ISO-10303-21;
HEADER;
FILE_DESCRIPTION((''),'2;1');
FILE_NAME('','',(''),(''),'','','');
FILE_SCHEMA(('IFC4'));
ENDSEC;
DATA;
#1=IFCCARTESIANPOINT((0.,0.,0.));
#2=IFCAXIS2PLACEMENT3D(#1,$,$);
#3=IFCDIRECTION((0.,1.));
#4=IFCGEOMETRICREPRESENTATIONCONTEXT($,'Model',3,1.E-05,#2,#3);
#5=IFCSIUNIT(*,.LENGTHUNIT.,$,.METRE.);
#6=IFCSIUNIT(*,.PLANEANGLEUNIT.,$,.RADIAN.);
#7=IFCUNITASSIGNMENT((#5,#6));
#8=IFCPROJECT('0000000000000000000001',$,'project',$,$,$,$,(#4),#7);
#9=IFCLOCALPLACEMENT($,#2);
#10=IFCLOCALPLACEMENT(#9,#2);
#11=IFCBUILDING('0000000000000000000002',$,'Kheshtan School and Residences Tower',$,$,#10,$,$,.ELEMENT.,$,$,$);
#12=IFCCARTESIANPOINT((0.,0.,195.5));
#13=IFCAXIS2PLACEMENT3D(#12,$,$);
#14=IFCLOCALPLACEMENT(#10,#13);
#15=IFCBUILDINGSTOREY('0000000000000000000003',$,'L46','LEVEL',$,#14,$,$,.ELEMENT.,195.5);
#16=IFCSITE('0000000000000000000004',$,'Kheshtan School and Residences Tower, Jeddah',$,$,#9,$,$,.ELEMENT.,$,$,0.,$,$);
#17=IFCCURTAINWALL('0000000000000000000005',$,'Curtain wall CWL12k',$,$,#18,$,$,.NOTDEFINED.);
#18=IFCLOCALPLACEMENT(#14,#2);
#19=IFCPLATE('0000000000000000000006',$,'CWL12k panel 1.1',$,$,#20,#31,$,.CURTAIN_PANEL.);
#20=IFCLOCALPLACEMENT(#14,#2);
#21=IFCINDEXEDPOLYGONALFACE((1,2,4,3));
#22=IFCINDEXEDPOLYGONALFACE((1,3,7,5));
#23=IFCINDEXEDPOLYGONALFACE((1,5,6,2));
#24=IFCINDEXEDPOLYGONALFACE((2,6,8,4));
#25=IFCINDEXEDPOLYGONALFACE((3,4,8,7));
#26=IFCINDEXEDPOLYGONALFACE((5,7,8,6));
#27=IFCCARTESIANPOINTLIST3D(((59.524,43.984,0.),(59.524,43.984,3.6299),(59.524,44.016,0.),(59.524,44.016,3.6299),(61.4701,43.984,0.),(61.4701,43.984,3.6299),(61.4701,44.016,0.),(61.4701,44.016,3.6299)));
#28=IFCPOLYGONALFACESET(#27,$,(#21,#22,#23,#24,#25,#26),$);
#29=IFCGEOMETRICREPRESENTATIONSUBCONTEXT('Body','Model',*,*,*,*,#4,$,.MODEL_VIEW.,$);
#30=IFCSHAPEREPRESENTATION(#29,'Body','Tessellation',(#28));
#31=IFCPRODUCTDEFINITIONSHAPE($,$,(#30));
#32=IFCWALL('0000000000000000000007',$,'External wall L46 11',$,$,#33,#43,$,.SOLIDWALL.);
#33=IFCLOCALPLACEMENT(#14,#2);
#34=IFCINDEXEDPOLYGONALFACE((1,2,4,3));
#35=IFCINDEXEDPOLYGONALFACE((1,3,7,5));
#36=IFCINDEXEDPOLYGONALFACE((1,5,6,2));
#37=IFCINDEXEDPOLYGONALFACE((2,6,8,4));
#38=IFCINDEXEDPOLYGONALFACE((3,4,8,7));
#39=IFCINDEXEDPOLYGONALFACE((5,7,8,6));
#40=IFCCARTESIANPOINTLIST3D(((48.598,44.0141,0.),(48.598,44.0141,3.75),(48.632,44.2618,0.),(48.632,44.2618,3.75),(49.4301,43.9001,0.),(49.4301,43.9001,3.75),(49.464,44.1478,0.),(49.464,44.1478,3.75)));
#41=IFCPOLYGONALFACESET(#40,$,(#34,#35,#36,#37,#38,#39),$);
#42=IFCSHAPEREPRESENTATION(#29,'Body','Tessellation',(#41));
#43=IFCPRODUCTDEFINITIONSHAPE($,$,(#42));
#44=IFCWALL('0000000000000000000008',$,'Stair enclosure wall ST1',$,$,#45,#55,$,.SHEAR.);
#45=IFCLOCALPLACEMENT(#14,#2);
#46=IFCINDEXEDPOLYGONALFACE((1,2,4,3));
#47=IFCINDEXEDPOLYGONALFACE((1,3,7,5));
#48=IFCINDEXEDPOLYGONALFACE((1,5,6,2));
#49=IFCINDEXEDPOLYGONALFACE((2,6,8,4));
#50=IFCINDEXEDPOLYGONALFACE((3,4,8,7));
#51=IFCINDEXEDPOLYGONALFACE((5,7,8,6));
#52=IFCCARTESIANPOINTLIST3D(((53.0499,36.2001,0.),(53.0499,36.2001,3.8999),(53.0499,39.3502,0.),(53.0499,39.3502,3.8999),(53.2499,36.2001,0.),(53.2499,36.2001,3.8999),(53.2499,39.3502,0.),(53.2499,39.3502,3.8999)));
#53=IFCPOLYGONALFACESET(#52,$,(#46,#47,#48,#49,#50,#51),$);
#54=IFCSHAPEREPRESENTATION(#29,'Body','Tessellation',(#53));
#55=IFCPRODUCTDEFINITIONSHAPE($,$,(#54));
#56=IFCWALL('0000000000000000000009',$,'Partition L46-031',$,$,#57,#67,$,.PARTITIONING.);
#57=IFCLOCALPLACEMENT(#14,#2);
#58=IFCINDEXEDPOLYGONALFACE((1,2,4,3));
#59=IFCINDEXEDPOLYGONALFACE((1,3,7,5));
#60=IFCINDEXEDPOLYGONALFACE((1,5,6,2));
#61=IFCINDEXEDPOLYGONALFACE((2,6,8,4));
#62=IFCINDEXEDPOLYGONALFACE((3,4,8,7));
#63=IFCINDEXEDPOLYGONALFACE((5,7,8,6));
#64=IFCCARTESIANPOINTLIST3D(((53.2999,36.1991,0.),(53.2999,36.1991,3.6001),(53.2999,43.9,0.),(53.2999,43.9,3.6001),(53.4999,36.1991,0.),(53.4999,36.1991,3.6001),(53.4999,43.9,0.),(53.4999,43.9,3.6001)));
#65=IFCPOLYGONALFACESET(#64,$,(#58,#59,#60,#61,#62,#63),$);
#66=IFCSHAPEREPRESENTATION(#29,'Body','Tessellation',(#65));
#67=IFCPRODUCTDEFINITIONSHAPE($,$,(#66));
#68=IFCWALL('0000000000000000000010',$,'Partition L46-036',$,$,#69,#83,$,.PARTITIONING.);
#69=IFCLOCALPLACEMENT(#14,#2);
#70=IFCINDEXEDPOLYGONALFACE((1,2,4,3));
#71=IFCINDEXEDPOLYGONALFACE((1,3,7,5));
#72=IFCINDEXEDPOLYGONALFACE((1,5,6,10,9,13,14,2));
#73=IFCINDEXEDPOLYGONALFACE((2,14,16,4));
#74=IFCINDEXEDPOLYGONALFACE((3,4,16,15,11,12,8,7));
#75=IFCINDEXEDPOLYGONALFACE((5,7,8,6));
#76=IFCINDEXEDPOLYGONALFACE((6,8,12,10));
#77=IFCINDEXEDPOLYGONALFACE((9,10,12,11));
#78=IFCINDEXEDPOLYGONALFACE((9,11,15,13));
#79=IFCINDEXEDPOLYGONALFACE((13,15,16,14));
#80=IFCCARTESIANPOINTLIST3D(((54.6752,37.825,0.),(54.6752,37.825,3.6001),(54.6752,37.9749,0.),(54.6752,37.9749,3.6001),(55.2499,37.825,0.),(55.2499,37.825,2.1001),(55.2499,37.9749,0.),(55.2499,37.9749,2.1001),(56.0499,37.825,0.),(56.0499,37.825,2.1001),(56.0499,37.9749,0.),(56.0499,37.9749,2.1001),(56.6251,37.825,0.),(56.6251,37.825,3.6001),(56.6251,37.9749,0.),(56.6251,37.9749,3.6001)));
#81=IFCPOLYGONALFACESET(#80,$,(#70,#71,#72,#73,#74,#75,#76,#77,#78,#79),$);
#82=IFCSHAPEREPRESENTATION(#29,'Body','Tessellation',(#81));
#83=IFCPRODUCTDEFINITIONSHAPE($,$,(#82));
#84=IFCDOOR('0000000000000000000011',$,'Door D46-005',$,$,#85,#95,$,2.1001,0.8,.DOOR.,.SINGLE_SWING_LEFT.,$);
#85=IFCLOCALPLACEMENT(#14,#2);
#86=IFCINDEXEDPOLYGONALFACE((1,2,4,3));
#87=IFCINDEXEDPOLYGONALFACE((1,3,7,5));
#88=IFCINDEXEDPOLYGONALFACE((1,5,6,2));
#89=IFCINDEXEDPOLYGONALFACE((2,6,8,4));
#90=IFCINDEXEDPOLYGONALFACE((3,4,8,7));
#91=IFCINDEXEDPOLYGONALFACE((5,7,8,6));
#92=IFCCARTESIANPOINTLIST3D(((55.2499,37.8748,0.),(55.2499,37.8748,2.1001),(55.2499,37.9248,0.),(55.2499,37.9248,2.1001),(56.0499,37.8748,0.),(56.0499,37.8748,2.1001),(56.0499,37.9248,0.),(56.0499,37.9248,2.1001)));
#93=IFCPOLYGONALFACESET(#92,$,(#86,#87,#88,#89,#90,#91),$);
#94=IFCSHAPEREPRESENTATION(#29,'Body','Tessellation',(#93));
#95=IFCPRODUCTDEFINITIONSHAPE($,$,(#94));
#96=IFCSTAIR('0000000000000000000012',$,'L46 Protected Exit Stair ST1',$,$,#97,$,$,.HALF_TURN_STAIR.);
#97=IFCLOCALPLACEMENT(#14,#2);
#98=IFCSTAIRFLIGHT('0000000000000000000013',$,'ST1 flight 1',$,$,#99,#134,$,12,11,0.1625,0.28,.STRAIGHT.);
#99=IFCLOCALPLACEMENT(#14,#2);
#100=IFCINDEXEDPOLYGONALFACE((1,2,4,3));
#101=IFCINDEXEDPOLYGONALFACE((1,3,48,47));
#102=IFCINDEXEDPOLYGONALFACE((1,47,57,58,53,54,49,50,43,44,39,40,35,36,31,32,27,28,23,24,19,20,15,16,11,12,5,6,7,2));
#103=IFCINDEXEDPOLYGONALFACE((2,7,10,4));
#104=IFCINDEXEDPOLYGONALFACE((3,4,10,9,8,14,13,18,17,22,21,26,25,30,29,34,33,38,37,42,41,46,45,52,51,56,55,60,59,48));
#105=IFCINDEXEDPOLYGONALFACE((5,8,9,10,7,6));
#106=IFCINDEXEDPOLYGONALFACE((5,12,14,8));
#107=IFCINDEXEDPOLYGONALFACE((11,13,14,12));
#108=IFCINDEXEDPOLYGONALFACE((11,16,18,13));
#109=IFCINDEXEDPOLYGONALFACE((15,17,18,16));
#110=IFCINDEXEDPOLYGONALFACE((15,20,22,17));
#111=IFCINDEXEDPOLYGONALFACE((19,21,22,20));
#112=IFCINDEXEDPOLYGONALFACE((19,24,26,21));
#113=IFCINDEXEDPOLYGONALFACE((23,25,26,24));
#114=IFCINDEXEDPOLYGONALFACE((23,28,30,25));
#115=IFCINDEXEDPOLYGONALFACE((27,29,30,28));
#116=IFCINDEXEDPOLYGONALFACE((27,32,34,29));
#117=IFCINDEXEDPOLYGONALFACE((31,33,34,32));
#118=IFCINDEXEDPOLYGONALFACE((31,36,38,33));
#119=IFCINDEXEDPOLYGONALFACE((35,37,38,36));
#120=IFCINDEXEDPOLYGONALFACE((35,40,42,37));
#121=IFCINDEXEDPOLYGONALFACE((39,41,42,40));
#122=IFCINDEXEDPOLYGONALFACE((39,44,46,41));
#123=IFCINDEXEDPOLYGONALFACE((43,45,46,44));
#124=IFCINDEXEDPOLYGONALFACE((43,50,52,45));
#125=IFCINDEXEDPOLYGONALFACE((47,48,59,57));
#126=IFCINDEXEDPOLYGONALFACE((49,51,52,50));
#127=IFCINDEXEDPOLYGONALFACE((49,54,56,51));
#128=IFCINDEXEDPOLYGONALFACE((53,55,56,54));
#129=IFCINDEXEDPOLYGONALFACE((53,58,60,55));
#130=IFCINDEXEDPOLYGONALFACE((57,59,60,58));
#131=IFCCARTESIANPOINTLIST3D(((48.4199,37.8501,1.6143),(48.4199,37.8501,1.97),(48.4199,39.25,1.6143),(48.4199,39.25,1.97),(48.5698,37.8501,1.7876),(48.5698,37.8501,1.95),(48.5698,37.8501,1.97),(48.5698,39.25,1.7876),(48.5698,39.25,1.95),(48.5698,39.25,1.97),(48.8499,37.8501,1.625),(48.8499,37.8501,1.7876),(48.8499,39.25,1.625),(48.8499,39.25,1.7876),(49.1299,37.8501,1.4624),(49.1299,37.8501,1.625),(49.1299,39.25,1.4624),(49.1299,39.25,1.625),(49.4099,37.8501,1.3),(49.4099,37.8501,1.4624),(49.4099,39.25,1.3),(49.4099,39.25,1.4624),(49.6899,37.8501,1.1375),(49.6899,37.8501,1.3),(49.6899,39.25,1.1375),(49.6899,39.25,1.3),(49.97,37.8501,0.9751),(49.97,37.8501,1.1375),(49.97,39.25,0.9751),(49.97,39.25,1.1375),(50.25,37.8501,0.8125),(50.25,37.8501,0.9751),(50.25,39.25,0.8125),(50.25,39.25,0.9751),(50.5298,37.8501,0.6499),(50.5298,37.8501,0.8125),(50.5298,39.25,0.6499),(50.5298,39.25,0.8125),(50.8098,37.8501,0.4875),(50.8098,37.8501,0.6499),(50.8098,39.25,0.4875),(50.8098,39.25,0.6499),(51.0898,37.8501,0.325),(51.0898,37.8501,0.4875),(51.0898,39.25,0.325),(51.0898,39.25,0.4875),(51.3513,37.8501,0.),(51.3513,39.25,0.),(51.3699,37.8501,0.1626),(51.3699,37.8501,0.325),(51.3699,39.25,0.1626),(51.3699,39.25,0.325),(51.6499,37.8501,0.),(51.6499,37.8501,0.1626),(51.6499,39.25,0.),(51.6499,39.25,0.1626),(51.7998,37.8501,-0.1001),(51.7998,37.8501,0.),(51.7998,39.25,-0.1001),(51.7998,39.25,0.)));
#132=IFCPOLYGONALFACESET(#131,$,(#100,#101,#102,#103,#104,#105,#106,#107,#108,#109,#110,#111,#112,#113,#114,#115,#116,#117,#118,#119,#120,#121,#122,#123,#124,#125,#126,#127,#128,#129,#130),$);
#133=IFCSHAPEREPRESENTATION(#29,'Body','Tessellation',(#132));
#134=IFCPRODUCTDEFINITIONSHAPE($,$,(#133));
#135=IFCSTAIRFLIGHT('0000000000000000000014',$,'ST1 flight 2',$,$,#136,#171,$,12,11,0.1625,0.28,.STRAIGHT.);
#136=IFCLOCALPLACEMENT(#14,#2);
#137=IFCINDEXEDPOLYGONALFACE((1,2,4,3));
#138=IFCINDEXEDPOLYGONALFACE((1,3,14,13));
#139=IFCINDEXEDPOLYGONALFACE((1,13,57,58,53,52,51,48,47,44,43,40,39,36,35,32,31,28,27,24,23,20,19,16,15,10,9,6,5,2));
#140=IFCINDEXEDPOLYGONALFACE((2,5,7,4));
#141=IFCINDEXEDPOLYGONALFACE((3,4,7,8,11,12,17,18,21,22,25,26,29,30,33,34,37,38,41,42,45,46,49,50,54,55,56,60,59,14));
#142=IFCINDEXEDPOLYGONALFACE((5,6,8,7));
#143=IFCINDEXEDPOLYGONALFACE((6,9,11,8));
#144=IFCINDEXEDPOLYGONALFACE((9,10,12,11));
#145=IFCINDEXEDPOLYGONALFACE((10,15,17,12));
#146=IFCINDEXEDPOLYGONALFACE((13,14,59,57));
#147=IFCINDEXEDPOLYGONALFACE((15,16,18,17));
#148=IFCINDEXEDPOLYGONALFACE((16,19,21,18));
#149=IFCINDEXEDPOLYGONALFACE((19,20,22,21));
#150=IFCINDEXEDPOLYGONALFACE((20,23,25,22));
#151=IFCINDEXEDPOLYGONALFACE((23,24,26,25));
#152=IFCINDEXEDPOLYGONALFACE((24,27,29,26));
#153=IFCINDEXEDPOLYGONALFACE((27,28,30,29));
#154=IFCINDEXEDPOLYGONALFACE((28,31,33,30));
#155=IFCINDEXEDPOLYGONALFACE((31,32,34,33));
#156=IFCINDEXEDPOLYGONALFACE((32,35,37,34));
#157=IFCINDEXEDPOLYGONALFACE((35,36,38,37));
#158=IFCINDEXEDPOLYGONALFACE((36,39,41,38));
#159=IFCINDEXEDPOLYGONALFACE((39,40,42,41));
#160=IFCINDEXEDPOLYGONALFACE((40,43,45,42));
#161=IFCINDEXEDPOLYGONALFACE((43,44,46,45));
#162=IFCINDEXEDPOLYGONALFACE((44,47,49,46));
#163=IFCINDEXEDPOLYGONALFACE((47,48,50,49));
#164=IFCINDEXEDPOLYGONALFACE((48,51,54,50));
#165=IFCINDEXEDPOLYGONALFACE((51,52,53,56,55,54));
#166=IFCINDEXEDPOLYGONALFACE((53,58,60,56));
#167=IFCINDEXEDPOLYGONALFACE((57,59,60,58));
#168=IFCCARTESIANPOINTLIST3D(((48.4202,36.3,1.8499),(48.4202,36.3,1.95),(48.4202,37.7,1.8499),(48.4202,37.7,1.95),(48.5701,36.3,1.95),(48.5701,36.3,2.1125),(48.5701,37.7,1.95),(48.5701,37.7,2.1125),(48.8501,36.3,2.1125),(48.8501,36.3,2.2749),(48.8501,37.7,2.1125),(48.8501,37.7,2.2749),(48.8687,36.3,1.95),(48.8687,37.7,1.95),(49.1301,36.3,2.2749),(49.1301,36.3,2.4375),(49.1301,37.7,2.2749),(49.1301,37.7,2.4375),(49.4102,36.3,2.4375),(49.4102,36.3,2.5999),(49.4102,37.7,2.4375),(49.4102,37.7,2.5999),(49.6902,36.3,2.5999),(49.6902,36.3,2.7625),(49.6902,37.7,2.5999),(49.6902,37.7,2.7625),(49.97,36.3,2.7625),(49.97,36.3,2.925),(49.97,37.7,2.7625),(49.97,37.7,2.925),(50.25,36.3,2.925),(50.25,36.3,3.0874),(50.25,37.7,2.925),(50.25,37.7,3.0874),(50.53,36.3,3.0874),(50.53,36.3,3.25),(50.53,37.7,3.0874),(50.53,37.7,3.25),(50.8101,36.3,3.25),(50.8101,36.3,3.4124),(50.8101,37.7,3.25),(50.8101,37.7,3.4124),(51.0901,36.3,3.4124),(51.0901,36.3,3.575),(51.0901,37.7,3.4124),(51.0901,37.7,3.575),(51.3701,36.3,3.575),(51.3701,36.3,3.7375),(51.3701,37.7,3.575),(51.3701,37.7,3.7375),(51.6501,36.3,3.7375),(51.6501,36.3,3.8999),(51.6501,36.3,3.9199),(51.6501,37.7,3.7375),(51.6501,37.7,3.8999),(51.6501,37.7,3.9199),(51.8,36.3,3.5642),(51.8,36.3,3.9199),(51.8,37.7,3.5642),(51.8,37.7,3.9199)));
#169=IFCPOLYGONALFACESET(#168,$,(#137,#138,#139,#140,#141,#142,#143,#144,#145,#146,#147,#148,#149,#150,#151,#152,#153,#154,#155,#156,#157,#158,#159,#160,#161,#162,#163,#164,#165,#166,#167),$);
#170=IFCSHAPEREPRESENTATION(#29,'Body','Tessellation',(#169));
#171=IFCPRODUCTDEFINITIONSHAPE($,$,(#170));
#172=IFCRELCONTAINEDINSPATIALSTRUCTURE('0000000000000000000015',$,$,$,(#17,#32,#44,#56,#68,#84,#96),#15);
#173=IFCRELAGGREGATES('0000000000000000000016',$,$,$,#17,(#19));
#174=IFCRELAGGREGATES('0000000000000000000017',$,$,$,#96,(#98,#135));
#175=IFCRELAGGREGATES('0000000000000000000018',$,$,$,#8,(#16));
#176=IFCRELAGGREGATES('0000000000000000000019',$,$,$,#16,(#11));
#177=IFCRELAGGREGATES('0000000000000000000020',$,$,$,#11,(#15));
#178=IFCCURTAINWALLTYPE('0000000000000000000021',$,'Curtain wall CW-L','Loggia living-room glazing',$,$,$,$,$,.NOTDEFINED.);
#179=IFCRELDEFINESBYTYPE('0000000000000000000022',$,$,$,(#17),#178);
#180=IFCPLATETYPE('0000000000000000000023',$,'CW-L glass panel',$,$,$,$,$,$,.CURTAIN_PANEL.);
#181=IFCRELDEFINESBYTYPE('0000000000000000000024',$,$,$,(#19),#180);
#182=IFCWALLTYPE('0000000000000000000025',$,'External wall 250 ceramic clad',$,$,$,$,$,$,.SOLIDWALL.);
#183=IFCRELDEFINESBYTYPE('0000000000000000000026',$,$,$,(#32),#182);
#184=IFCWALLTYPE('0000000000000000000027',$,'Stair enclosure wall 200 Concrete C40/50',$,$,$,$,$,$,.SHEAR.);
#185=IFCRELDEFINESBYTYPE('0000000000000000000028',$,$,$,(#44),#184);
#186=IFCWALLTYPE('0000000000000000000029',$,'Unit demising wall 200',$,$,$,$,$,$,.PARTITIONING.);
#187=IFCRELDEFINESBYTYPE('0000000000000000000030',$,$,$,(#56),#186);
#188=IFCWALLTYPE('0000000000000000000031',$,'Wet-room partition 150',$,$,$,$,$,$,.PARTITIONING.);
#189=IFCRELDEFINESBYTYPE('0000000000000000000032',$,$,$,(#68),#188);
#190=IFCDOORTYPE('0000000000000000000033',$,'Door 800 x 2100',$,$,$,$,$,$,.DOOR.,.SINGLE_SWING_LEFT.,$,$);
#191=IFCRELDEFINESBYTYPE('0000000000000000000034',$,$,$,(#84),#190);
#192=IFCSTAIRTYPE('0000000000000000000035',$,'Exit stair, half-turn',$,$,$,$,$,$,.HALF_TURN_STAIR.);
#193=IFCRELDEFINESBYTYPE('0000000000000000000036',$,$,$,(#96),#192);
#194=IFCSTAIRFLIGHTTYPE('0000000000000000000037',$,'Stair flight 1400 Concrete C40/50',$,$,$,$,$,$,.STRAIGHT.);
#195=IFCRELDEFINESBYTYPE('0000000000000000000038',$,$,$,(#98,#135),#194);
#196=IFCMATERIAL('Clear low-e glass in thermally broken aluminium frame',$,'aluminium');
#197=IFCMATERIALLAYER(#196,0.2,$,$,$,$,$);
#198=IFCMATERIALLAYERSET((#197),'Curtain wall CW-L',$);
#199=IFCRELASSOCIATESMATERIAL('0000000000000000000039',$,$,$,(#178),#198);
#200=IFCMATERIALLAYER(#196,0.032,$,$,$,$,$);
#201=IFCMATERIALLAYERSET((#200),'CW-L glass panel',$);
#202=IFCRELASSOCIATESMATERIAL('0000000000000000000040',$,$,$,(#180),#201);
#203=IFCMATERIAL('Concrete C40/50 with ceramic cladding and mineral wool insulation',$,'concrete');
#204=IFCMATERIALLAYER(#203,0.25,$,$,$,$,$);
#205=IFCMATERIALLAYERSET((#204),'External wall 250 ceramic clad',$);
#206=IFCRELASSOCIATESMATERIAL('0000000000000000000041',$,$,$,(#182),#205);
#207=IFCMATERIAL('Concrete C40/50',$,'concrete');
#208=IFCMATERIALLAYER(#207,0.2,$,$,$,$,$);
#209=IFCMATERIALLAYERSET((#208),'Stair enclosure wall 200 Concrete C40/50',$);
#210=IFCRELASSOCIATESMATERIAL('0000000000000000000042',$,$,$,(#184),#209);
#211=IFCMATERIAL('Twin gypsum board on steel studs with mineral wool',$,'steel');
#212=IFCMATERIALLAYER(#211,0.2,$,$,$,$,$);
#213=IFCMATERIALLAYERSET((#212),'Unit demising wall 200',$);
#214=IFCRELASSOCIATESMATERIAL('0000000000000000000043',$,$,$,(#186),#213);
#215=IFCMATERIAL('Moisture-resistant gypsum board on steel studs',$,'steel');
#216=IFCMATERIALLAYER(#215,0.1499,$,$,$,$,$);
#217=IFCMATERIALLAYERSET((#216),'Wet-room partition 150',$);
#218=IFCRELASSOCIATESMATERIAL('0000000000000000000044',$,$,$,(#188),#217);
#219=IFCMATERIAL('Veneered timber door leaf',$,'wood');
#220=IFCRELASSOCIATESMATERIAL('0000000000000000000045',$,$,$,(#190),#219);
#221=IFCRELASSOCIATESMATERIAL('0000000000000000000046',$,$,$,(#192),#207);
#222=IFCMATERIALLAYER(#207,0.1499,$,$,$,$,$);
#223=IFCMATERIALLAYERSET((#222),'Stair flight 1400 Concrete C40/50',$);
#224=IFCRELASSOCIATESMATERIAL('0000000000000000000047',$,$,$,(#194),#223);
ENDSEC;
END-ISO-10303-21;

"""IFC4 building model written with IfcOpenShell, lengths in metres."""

from ifc_helpers import new_model, si_unit, direction, frame, frame_2d, origin, origin_2d, place, context, subcontext, project, spatial, polyline, rectangle, outline, extrude, source, transform, mapped, material, layer, layer_set, type_object, element, fill, aggregate, save


model = new_model("IFC4")

# Units and contexts
model_context = context("Model", 3, precision=1e-05, world=origin(), true_north=direction((0.0, 1.0)))
body_context = subcontext(model_context, "Body", "Model", "MODEL_VIEW")
ifc_project = project(units=[si_unit("LENGTHUNIT", "METRE"), si_unit("PLANEANGLEUNIT", "RADIAN")], contexts=[model_context])

# Site, building, storey
site_placement = place(None, origin())
site = spatial("IfcSite", under=ifc_project, at=site_placement, Name="Kheshtan School and Residences Tower, Jeddah", CompositionType="ELEMENT", RefElevation=0.0)
building_placement = place(site_placement, origin())
building = spatial("IfcBuilding", under=site, at=building_placement, Name="Kheshtan School and Residences Tower", CompositionType="ELEMENT")
storey_placement = place(building_placement, frame((0.0, 0.0, 195.5)))
storey = spatial("IfcBuildingStorey", under=building, at=storey_placement, Name="L46", Description="LEVEL", CompositionType="ELEMENT", Elevation=195.5)

# Shared definitions
ifc_material_1 = material(Name="Clear low-e glass in thermally broken aluminium frame", Category="aluminium")
ifc_layer_1 = layer(ifc_material_1, 0.2)
ifc_layer_set_1 = layer_set([ifc_layer_1], Name="Curtain wall CW-L")
curtain_wall_type = type_object("IfcCurtainWallType", Name="Curtain wall CW-L", Description="Loggia living-room glazing", PredefinedType="NOTDEFINED", material=ifc_layer_set_1)

# Curtain wall
curtain_wall_1_placement = place(storey_placement, origin())
curtain_wall_1 = element("IfcCurtainWall", 1, at=curtain_wall_1_placement, inside=storey, type_object=curtain_wall_type, Name="Curtain wall CWL12k", PredefinedType="NOTDEFINED")

# Plate
ifc_layer_2 = layer(ifc_material_1, 0.032)
ifc_layer_set_2 = layer_set([ifc_layer_2], Name="CW-L glass panel")
plate_type = type_object("IfcPlateType", Name="CW-L glass panel", PredefinedType="CURTAIN_PANEL", material=ifc_layer_set_2)
plate_1_placement = place(storey_placement, frame((60.4971, 44.0, 0.0), z_axis=(0.0, 0.0, 1.0), x_axis=(1.0, 0.0, 0.0)))
plate_1 = element("IfcPlate", 2, at=plate_1_placement, type_object=plate_type, Name="CWL12k panel 1.1", PredefinedType="CURTAIN_PANEL", context=body_context, shape_type="SweptSolid", body=[
    extrude(rectangle(XDim=1.946, YDim=0.032, at=origin_2d()), origin(), (0.0, 0.0, 1.0), 3.6299),
])
aggregate(curtain_wall_1, [plate_1])

# Wall
ifc_material_2 = material(Name="Concrete C40/50 with ceramic cladding and mineral wool insulation", Category="concrete")
ifc_layer_3 = layer(ifc_material_2, 0.25)
ifc_layer_set_3 = layer_set([ifc_layer_3], Name="External wall 250 ceramic clad")
wall_type_1 = type_object("IfcWallType", Name="External wall 250 ceramic clad", PredefinedType="SOLIDWALL", material=ifc_layer_set_3)
wall_1_placement = place(storey_placement, frame((48.615, 44.1379, 0.0), z_axis=(0.0, 0.0, 1.0), x_axis=(0.990742, -0.135762, 0.0)))
element("IfcWall", 3, at=wall_1_placement, inside=storey, type_object=wall_type_1, Name="External wall L46 11", PredefinedType="SOLIDWALL", context=body_context, shape_type="SweptSolid", body=[
    extrude(rectangle(XDim=0.8398, YDim=0.25, at=frame_2d((0.4199, 0.0))), origin(), (0.0, 0.0, 1.0), 3.75),
])

# Walls
ifc_material_3 = material(Name="Concrete C40/50", Category="concrete")
ifc_layer_4 = layer(ifc_material_3, 0.2)
ifc_layer_set_4 = layer_set([ifc_layer_4], Name="Stair enclosure wall 200 Concrete C40/50")
wall_type_2 = type_object("IfcWallType", Name="Stair enclosure wall 200 Concrete C40/50", PredefinedType="SHEAR", material=ifc_layer_set_4)
wall_2_placement = place(storey_placement, frame((53.1499, 36.2, 0.0), z_axis=(0.0, 0.0, 1.0), x_axis=(0.0, 1.0, 0.0)))
element("IfcWall", 4, at=wall_2_placement, inside=storey, type_object=wall_type_2, Name="Stair enclosure wall ST1", PredefinedType="SHEAR", context=body_context, shape_type="SweptSolid", body=[
    extrude(rectangle(XDim=3.1501, YDim=0.2, at=frame_2d((1.5752, 0.0))), origin(), (0.0, 0.0, 1.0), 3.8999),
])
ifc_material_4 = material(Name="Twin gypsum board on steel studs with mineral wool", Category="steel")
ifc_layer_5 = layer(ifc_material_4, 0.2)
ifc_layer_set_5 = layer_set([ifc_layer_5], Name="Unit demising wall 200")
wall_type_3 = type_object("IfcWallType", Name="Unit demising wall 200", PredefinedType="PARTITIONING", material=ifc_layer_set_5)
wall_3_placement = place(storey_placement, frame((53.3999, 36.199, 0.0), z_axis=(0.0, 0.0, 1.0), x_axis=(0.0, 1.0, 0.0)))
element("IfcWall", 5, at=wall_3_placement, inside=storey, type_object=wall_type_3, Name="Partition L46-031", PredefinedType="PARTITIONING", context=body_context, shape_type="SweptSolid", body=[
    extrude(rectangle(XDim=7.7009, YDim=0.2, at=frame_2d((3.8506, 0.0))), origin(), (0.0, 0.0, 1.0), 3.6001),
])

# Wall, opening, door
ifc_material_5 = material(Name="Moisture-resistant gypsum board on steel studs", Category="steel")
ifc_layer_6 = layer(ifc_material_5, 0.1499)
ifc_layer_set_6 = layer_set([ifc_layer_6], Name="Wet-room partition 150")
wall_type_4 = type_object("IfcWallType", Name="Wet-room partition 150", PredefinedType="PARTITIONING", material=ifc_layer_set_6)
wall_4_placement = place(storey_placement, frame((54.675, 37.8999, 0.0), z_axis=(0.0, 0.0, 1.0), x_axis=(1.0, 0.0, 0.0)))
wall_4 = element("IfcWall", 6, at=wall_4_placement, inside=storey, type_object=wall_type_4, Name="Partition L46-036", PredefinedType="PARTITIONING", context=body_context, shape_type="SweptSolid", body=[
    extrude(rectangle(XDim=1.95, YDim=0.1499, at=frame_2d((0.9751, 0.0))), origin(), (0.0, 0.0, 1.0), 3.6001),
])
opening_1_placement = place(wall_4_placement, frame((0.575, 0.0, 0.0)))
opening_1 = element("IfcOpeningElement", 7, at=opening_1_placement, cuts=wall_4, PredefinedType="OPENING", context=body_context, shape_type="SweptSolid", body=[
    extrude(rectangle(XDim=0.8, YDim=2.1001, at=frame_2d((0.3999, 1.05))), frame((0.0, 0.085, 0.0), z_axis=(0.0, -1.0, 0.0), x_axis=(1.0, 0.0, 0.0)), (0.0, 0.0, 1.0), 0.1699),
])
ifc_material_6 = material(Name="Veneered timber door leaf", Category="wood")
door_type_1 = type_object("IfcDoorType", Name="Door 800 x 2100", OperationType="SINGLE_SWING_LEFT", PredefinedType="DOOR", material=ifc_material_6)
shared_shape_1 = source(origin(), body_context, "Body", "SweptSolid", [
    extrude(rectangle(XDim=0.8, YDim=2.1001, at=frame_2d((0.3999, 1.05))), frame((0.0, 0.0249, 0.0), z_axis=(0.0, -1.0, 0.0), x_axis=(1.0, 0.0, 0.0)), (0.0, 0.0, 1.0), 0.05),
])
door_1_placement = place(opening_1_placement, origin())
door_1 = element("IfcDoor", 8, at=door_1_placement, inside=storey, type_object=door_type_1, Name="Door D46-005", OperationType="SINGLE_SWING_LEFT", OverallHeight=2.1001, OverallWidth=0.8, PredefinedType="DOOR", context=body_context, shape_type="MappedRepresentation", body=[
    mapped(shared_shape_1, transform((0.0, 0.0, 0.0), x_axis=(1.0, 0.0, 0.0), y_axis=(0.0, 1.0, 0.0), z_axis=(0.0, 0.0, 1.0), scale=1.0)),
])
fill(opening_1, door_1)

# Stair, stair flights
stair_type = type_object("IfcStairType", Name="Exit stair, half-turn", PredefinedType="HALF_TURN_STAIR", material=ifc_material_3)
stair_placement = place(storey_placement, origin())
stair = element("IfcStair", 9, at=stair_placement, inside=storey, type_object=stair_type, Name="L46 Protected Exit Stair ST1", PredefinedType="HALF_TURN_STAIR")
ifc_layer_7 = layer(ifc_material_3, 0.1499)
ifc_layer_set_7 = layer_set([ifc_layer_7], Name="Stair flight 1400 Concrete C40/50")
stair_flight_type = type_object("IfcStairFlightType", Name="Stair flight 1400 Concrete C40/50", PredefinedType="STRAIGHT", material=ifc_layer_set_7)
stair_flight_1_placement = place(storey_placement, frame((51.6499, 38.55, 0.0), z_axis=(0.0, 0.0, 1.0), x_axis=(-1.0, 0.0, 0.0)))
stair_flight_1 = element("IfcStairFlight", 10, at=stair_flight_1_placement, type_object=stair_flight_type, Name="ST1 flight 1", NumberOfRisers=12, NumberOfTreads=11, PredefinedType="STRAIGHT", RiserHeight=0.1625, TreadLength=0.28, context=body_context, shape_type="SweptSolid", body=[
    extrude(outline(polyline([(-0.1499, -0.1001), (-0.1499, 0.0), (0.0, 0.0), (0.0, 0.1626), (0.28, 0.1626), (0.28, 0.325), (0.5601, 0.325), (0.5601, 0.4875), (0.8401, 0.4875), (0.8401, 0.6499), (1.1201, 0.6499), (1.1201, 0.8125), (1.3999, 0.8125), (1.3999, 0.9751), (1.6799, 0.9751), (1.6799, 1.1375), (1.96, 1.1375), (1.96, 1.3), (2.24, 1.3), (2.24, 1.4624), (2.52, 1.4624), (2.52, 1.625), (2.8, 1.625), (2.8, 1.7876), (3.0801, 1.7876), (3.0801, 1.95), (3.0801, 1.97), (3.23, 1.97), (3.23, 1.6143), (0.2986, 0.0), (-0.1499, -0.1001)])), frame((0.0, 0.7, 0.0), z_axis=(0.0, -1.0, 0.0), x_axis=(1.0, 0.0, 0.0)), (0.0, 0.0, 1.0), 1.3999),
])
stair_flight_2_placement = place(storey_placement, frame((48.5701, 37.0, 1.95), z_axis=(0.0, 0.0, 1.0), x_axis=(1.0, 0.0, 0.0)))
stair_flight_2 = element("IfcStairFlight", 11, at=stair_flight_2_placement, type_object=stair_flight_type, Name="ST1 flight 2", NumberOfRisers=12, NumberOfTreads=11, PredefinedType="STRAIGHT", RiserHeight=0.1625, TreadLength=0.28, context=body_context, shape_type="SweptSolid", body=[
    extrude(outline(polyline([(-0.1499, -0.1001), (-0.1499, 0.0), (0.0, 0.0), (0.0, 0.1626), (0.28, 0.1626), (0.28, 0.325), (0.5601, 0.325), (0.5601, 0.4875), (0.8401, 0.4875), (0.8401, 0.6499), (1.1201, 0.6499), (1.1201, 0.8125), (1.3999, 0.8125), (1.3999, 0.9751), (1.6799, 0.9751), (1.6799, 1.1375), (1.96, 1.1375), (1.96, 1.3), (2.24, 1.3), (2.24, 1.4624), (2.52, 1.4624), (2.52, 1.625), (2.8, 1.625), (2.8, 1.7876), (3.0801, 1.7876), (3.0801, 1.95), (3.0801, 1.97), (3.23, 1.97), (3.23, 1.6143), (0.2986, 0.0), (-0.1499, -0.1001)])), frame((0.0, 0.7, 0.0), z_axis=(0.0, -1.0, 0.0), x_axis=(1.0, 0.0, 0.0)), (0.0, 0.0, 1.0), 1.3999),
])
aggregate(stair, [stair_flight_1, stair_flight_2])

save(model, "model.ifc")
